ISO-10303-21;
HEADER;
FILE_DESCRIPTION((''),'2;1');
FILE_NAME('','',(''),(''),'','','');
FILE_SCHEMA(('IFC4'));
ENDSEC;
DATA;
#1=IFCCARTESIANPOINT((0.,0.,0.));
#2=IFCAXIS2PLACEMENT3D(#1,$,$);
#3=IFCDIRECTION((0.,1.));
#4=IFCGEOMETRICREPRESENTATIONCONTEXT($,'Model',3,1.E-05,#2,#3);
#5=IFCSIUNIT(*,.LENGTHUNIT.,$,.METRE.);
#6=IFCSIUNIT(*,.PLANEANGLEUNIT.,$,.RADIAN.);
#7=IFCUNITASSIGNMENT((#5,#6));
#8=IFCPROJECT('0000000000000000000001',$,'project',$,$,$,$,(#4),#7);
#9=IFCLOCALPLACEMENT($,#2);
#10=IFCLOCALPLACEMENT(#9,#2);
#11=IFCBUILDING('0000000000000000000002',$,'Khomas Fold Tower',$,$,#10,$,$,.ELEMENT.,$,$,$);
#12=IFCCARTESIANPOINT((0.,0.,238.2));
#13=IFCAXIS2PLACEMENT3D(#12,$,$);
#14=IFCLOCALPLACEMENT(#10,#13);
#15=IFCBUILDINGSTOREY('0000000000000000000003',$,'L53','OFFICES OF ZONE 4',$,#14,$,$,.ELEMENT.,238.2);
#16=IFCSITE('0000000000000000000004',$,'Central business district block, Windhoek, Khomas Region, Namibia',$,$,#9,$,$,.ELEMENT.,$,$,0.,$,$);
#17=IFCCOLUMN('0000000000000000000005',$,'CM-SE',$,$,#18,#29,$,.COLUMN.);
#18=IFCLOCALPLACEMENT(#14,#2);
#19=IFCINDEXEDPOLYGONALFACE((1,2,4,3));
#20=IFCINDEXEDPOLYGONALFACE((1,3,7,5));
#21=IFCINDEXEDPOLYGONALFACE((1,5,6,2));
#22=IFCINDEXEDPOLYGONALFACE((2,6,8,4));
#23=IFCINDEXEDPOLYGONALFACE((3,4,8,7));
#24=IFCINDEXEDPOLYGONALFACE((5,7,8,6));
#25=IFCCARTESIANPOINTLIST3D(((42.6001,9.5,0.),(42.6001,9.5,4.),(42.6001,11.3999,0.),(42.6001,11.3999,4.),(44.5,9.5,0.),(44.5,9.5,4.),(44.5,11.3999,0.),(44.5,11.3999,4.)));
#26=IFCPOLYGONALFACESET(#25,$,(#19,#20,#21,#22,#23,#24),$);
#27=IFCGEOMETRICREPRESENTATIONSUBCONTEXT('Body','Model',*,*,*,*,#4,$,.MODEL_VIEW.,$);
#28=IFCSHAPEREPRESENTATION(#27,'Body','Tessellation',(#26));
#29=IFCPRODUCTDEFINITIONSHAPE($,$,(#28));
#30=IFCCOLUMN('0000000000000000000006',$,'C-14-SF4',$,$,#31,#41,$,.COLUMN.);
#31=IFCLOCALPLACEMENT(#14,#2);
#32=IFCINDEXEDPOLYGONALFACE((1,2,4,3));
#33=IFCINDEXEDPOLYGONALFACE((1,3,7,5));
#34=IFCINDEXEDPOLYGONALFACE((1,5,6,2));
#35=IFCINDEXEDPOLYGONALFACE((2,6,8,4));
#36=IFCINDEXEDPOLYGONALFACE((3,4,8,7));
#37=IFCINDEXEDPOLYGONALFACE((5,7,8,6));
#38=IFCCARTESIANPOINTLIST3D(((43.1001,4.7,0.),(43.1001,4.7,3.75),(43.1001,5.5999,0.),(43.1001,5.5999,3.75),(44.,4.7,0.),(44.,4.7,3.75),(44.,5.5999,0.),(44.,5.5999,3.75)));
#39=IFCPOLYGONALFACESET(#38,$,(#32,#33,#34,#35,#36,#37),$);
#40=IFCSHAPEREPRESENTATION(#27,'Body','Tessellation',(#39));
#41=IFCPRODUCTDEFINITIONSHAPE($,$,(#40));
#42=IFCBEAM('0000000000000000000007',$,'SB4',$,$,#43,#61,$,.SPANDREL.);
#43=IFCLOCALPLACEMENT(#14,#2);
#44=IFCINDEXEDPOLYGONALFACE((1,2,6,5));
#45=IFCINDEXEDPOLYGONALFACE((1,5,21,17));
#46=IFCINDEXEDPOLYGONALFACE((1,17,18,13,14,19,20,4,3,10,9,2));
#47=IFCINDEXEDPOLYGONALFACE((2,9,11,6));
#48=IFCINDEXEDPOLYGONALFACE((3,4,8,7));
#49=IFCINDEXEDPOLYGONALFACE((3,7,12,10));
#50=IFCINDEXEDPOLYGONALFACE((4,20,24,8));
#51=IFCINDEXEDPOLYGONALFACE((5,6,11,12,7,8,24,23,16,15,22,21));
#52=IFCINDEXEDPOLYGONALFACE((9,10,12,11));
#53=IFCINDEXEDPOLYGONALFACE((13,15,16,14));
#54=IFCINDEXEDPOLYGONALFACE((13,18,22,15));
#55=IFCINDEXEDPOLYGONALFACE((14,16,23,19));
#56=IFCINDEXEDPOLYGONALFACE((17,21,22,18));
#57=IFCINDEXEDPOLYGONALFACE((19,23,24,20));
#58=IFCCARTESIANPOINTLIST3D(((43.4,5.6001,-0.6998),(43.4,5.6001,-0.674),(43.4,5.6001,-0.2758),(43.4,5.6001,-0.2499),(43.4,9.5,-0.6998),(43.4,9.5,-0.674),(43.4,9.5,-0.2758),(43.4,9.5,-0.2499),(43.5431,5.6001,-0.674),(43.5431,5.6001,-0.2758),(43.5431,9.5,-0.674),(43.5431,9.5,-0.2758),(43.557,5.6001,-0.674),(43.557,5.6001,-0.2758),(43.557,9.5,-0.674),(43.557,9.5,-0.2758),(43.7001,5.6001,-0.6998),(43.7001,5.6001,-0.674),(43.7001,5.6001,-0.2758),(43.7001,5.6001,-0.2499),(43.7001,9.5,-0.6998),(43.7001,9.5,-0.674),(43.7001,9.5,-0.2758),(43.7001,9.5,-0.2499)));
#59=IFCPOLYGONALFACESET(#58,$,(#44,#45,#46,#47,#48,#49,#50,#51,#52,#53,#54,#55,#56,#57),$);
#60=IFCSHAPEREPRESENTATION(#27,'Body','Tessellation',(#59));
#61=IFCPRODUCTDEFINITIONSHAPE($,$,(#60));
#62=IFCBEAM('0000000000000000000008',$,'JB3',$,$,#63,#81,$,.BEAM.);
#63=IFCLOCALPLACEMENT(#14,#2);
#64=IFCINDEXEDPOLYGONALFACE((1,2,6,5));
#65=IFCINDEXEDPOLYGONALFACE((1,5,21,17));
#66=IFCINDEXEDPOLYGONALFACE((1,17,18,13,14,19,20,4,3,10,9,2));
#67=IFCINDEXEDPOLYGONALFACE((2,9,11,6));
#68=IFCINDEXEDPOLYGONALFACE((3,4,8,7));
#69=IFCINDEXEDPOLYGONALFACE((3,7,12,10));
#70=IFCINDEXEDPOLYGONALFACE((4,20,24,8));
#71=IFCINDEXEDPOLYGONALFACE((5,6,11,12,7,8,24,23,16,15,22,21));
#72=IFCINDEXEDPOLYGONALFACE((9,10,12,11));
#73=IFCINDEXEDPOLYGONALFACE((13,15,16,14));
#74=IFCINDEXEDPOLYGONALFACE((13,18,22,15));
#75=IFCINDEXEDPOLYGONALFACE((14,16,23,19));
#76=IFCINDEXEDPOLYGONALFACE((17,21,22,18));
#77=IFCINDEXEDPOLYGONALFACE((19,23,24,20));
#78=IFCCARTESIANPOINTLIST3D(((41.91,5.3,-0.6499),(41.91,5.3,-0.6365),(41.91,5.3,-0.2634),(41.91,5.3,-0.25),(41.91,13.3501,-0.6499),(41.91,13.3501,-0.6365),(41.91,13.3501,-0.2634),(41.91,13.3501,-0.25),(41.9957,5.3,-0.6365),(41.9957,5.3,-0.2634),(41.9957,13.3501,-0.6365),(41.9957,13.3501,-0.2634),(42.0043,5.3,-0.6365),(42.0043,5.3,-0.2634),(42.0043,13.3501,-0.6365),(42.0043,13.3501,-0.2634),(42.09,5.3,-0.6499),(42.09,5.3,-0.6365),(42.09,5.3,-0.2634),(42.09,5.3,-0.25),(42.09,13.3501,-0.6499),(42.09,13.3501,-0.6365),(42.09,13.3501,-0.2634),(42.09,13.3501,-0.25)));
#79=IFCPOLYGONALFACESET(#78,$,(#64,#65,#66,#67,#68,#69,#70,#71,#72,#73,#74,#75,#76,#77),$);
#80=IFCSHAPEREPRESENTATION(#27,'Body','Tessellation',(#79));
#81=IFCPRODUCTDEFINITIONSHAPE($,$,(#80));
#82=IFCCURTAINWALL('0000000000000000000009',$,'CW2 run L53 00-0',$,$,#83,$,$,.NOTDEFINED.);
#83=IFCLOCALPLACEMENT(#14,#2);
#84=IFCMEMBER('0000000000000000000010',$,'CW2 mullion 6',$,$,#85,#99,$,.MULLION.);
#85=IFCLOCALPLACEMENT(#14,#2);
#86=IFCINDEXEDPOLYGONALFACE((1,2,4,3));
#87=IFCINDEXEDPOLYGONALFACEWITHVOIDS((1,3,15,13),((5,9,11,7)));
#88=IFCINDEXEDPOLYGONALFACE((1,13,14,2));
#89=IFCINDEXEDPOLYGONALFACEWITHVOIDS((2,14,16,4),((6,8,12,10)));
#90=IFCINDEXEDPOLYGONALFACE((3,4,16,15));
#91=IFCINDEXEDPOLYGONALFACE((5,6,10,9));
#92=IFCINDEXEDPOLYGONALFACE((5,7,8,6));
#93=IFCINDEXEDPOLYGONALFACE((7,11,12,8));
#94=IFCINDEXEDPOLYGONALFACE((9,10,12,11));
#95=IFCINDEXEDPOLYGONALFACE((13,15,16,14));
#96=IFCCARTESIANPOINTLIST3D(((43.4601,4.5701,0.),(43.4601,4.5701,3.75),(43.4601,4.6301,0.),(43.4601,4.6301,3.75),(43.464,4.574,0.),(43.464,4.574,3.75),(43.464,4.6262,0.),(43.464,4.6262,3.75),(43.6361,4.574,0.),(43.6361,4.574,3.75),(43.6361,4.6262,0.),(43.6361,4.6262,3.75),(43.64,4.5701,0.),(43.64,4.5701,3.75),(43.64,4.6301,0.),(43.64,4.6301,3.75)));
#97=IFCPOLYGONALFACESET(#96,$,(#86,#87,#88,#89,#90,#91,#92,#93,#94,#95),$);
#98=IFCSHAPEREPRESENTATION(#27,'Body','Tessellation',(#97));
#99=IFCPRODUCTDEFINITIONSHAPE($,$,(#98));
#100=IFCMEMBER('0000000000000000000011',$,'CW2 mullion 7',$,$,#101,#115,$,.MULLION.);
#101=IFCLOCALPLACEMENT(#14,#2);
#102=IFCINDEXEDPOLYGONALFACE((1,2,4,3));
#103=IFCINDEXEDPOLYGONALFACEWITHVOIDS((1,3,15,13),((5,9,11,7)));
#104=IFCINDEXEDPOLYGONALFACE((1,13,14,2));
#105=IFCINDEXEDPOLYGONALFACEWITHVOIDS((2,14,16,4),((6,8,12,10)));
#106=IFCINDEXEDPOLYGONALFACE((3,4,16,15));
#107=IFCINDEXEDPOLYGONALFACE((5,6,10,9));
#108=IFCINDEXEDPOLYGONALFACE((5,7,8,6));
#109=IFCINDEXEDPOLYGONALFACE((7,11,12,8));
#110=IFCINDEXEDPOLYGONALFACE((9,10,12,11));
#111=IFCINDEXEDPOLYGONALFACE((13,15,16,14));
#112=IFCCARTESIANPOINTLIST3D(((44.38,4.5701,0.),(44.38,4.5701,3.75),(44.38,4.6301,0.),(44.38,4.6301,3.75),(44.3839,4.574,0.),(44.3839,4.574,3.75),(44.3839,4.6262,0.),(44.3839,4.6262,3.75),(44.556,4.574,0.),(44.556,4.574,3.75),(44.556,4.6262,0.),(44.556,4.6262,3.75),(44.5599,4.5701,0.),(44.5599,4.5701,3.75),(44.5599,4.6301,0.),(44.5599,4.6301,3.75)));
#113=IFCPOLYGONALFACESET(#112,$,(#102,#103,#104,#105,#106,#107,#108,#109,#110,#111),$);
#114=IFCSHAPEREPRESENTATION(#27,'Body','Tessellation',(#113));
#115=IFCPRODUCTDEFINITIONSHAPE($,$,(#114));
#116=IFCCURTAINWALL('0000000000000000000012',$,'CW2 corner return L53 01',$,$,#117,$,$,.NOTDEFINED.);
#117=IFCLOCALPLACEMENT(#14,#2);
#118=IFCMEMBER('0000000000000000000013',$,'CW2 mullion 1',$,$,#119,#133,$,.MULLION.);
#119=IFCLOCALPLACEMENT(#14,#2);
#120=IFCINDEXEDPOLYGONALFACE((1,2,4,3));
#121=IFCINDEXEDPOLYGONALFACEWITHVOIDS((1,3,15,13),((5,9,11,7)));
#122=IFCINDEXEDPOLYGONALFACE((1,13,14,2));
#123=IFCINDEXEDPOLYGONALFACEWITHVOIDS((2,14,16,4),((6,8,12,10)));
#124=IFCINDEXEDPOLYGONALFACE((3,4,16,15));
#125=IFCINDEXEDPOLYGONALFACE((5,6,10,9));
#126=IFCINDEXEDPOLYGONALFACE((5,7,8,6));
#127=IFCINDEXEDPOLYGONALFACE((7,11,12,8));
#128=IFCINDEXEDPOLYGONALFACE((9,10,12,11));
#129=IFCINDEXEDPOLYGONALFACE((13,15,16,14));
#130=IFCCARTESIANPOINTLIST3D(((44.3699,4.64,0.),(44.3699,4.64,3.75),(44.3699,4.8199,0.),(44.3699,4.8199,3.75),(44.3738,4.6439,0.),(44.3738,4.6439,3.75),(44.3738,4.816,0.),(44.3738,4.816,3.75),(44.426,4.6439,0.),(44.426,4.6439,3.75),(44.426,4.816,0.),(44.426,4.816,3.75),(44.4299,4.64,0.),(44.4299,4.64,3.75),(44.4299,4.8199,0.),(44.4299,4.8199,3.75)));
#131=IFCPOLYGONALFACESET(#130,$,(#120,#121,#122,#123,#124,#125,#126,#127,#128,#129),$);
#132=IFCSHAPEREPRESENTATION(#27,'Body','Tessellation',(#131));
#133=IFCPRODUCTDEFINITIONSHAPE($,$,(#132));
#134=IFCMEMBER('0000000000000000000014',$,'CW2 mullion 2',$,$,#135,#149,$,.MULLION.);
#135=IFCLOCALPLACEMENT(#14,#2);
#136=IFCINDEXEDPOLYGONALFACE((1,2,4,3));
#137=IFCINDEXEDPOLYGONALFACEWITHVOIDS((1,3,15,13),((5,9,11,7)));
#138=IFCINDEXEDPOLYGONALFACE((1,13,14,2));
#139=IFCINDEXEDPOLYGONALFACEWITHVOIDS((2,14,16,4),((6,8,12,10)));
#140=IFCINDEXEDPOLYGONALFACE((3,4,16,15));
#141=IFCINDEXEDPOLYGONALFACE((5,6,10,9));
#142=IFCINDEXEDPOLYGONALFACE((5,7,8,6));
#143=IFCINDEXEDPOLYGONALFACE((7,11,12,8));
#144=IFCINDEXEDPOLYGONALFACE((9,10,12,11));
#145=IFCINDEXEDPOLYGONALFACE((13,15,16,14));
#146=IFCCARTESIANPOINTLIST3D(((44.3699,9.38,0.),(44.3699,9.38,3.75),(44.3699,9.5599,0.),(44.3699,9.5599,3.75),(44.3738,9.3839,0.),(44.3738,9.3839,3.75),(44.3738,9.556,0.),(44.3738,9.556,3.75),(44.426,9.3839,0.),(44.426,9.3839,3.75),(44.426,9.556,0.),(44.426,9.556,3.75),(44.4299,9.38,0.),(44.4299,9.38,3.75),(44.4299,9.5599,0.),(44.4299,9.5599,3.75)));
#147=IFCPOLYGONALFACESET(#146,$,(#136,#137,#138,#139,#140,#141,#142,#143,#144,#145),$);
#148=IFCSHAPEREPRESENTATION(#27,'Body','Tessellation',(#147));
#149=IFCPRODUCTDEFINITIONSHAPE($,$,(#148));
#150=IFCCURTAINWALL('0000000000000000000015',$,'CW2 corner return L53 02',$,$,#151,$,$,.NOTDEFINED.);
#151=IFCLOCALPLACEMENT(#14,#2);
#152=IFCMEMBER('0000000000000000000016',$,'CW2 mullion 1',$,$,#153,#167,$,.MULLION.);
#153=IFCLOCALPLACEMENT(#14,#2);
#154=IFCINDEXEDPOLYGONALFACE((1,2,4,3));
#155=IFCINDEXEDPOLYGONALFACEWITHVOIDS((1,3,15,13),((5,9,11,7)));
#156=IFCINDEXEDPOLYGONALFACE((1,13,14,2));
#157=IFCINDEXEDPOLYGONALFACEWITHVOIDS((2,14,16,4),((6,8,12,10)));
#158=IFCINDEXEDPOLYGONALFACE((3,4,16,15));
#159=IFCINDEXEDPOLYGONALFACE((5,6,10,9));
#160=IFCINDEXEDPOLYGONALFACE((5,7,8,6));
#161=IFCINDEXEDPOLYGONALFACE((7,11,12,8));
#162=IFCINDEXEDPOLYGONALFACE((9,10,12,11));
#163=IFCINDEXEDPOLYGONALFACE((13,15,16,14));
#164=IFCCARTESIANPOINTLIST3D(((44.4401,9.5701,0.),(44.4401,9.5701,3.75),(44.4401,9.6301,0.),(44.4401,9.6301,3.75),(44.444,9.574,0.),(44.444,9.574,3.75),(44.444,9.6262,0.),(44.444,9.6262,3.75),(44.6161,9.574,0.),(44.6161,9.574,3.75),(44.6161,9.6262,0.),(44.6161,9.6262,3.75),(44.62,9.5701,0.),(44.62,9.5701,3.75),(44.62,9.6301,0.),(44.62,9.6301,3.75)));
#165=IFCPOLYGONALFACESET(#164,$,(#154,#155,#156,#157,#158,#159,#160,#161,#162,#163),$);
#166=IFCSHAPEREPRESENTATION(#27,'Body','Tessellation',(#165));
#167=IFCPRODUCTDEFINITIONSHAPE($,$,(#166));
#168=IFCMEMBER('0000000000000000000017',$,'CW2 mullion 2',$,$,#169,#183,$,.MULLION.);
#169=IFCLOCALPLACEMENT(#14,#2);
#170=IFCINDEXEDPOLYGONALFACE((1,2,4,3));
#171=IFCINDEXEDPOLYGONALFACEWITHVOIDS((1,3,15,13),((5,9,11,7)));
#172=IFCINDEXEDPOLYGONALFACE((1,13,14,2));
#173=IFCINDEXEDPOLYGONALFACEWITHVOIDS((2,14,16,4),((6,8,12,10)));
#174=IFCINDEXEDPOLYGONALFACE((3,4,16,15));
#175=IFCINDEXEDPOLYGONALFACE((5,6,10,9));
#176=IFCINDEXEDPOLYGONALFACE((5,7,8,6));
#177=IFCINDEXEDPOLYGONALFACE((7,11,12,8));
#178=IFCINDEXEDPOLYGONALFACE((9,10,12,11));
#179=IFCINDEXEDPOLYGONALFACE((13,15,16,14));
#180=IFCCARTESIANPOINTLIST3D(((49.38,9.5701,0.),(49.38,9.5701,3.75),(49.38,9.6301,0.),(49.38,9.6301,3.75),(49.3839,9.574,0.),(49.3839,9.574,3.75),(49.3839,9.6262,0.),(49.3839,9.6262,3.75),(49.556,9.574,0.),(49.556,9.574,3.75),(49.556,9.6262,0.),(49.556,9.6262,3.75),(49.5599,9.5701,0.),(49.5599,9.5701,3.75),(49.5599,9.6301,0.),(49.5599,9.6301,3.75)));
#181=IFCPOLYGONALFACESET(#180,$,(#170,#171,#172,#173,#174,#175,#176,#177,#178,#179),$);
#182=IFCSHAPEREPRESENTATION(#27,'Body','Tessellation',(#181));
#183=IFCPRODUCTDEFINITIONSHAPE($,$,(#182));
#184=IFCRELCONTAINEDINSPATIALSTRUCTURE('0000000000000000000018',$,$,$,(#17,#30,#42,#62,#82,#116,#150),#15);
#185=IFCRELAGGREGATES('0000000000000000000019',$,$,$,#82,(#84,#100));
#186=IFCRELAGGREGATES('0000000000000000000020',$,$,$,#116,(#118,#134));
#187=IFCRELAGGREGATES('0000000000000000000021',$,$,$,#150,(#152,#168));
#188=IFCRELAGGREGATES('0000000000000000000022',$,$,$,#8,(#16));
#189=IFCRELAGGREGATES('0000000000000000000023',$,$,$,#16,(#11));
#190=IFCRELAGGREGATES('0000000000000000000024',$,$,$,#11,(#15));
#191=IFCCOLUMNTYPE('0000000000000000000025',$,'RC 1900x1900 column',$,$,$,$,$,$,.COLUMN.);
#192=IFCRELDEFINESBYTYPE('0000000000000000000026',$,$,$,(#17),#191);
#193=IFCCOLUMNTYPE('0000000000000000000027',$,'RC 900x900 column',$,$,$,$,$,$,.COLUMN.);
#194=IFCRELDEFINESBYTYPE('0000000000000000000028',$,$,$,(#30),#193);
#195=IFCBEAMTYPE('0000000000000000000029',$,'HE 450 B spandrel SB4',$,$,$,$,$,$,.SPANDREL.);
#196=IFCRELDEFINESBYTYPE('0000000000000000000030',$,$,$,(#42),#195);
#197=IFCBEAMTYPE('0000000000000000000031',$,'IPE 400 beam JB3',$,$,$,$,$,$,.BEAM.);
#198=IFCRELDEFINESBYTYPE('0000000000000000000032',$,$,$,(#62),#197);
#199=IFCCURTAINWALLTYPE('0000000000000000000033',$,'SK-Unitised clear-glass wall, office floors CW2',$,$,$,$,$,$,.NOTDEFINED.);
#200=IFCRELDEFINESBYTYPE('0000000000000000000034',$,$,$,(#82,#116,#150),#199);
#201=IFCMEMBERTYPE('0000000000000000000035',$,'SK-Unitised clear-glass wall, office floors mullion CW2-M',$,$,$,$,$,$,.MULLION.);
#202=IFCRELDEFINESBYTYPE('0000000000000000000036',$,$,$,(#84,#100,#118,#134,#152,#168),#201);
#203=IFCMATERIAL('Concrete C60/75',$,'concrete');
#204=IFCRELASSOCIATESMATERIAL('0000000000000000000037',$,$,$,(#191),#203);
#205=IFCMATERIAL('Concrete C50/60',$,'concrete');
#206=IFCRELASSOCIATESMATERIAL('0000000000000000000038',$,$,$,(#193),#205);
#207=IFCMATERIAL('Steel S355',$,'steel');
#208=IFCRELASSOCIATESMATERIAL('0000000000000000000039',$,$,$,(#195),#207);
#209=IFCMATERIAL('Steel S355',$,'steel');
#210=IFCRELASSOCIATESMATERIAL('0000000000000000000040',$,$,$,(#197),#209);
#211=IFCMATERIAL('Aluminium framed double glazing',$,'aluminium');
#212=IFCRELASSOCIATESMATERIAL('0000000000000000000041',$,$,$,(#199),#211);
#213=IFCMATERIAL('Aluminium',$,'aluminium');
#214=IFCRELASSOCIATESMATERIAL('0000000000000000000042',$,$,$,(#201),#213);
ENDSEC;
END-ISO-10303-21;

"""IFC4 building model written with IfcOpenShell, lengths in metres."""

from ifc_helpers import new_model, si_unit, direction, frame, origin, origin_2d, place, context, subcontext, project, spatial, rectangle, hollow_rectangle, i_section, extrude, source, transform, mapped, material, material_profile, profile_set, type_object, element, aggregate, save


model = new_model("IFC4")

# Units and contexts
model_context = context("Model", 3, precision=1e-05, world=origin(), true_north=direction((0.0, 1.0)))
body_context = subcontext(model_context, "Body", "Model", "MODEL_VIEW")
ifc_project = project(units=[si_unit("LENGTHUNIT", "METRE"), si_unit("PLANEANGLEUNIT", "RADIAN")], contexts=[model_context])

# Site, building, storey
site_placement = place(None, origin())
site = spatial("IfcSite", under=ifc_project, at=site_placement, Name="Central business district block, Windhoek, Khomas Region, Namibia", CompositionType="ELEMENT", RefElevation=0.0)
building_placement = place(site_placement, origin())
building = spatial("IfcBuilding", under=site, at=building_placement, Name="Khomas Fold Tower", CompositionType="ELEMENT")
storey_placement = place(building_placement, frame((0.0, 0.0, 238.2)))
storey = spatial("IfcBuildingStorey", under=building, at=storey_placement, Name="L53", Description="OFFICES OF ZONE 4", CompositionType="ELEMENT", Elevation=238.2)

# Columns
ifc_material_1 = material(Name="Concrete C60/75", Category="concrete")
ifc_material_profile_1 = material_profile(ifc_material_1, rectangle(XDim=1.8999, YDim=1.8999, at=origin_2d()), Name="RC 1900x1900")
ifc_profile_set_1 = profile_set([ifc_material_profile_1], Name="Concrete C60/75")
column_type_1 = type_object("IfcColumnType", Name="RC 1900x1900 column", PredefinedType="COLUMN", material=ifc_profile_set_1)
shared_shape_1 = source(origin(), body_context, "Body", "SweptSolid", [
    extrude(rectangle(XDim=1.8999, YDim=1.8999, at=origin_2d()), origin(), (0.0, 0.0, 1.0), 4.0),
])
column_1_placement = place(storey_placement, frame((43.55, 10.45, 0.0), z_axis=(0.0, 0.0, 1.0), x_axis=(1.0, 0.0, 0.0)))
element("IfcColumn", 1, at=column_1_placement, inside=storey, type_object=column_type_1, Name="CM-SE", PredefinedType="COLUMN", context=body_context, shape_type="MappedRepresentation", body=[
    mapped(shared_shape_1, transform((0.0, 0.0, 0.0))),
])
ifc_material_2 = material(Name="Concrete C50/60", Category="concrete")
ifc_material_profile_2 = material_profile(ifc_material_2, rectangle(XDim=0.8999, YDim=0.8999, at=origin_2d()), Name="RC 900x900")
ifc_profile_set_2 = profile_set([ifc_material_profile_2], Name="Concrete C50/60")
column_type_2 = type_object("IfcColumnType", Name="RC 900x900 column", PredefinedType="COLUMN", material=ifc_profile_set_2)
shared_shape_2 = source(origin(), body_context, "Body", "SweptSolid", [
    extrude(rectangle(XDim=0.8999, YDim=0.8999, at=origin_2d()), origin(), (0.0, 0.0, 1.0), 3.75),
])
column_2_placement = place(storey_placement, frame((43.55, 5.1499, 0.0), z_axis=(0.0, 0.0, 1.0), x_axis=(1.0, 0.0, 0.0)))
element("IfcColumn", 2, at=column_2_placement, inside=storey, type_object=column_type_2, Name="C-14-SF4", PredefinedType="COLUMN", context=body_context, shape_type="MappedRepresentation", body=[
    mapped(shared_shape_2, transform((0.0, 0.0, 0.0))),
])

# Beams
ifc_material_3 = material(Name="Steel S355", Category="steel")
ifc_material_profile_3 = material_profile(ifc_material_3, i_section(OverallWidth=0.3, OverallDepth=0.45, WebThickness=0.0139, FlangeThickness=0.0259, at=origin_2d()), Name="HE 450 B")
ifc_profile_set_3 = profile_set([ifc_material_profile_3], Name="Steel S355")
beam_type_1 = type_object("IfcBeamType", Name="HE 450 B spandrel SB4", PredefinedType="SPANDREL", material=ifc_profile_set_3)
shared_shape_3 = source(origin(), body_context, "Body", "SweptSolid", [
    extrude(i_section(OverallWidth=0.3, OverallDepth=0.45, WebThickness=0.0139, FlangeThickness=0.0259, at=origin_2d()), origin(), (0.0, 0.0, 1.0), 3.8999),
])
beam_1_placement = place(storey_placement, frame((43.55, 5.6001, -0.4749), z_axis=(0.0, 1.0, 0.0), x_axis=(-1.0, 0.0, 0.0)))
element("IfcBeam", 3, at=beam_1_placement, inside=storey, type_object=beam_type_1, Name="SB4", PredefinedType="SPANDREL", context=body_context, shape_type="MappedRepresentation", body=[
    mapped(shared_shape_3, transform((0.0, 0.0, 0.0))),
])
ifc_material_4 = material(Name="Steel S355", Category="steel")
ifc_material_profile_4 = material_profile(ifc_material_4, i_section(OverallWidth=0.1799, OverallDepth=0.3999, WebThickness=0.0085, FlangeThickness=0.0134, at=origin_2d()), Name="IPE 400")
ifc_profile_set_4 = profile_set([ifc_material_profile_4], Name="Steel S355")
beam_type_2 = type_object("IfcBeamType", Name="IPE 400 beam JB3", PredefinedType="BEAM", material=ifc_profile_set_4)
shared_shape_4 = source(origin(), body_context, "Body", "SweptSolid", [
    extrude(i_section(OverallWidth=0.1799, OverallDepth=0.3999, WebThickness=0.0085, FlangeThickness=0.0134, at=origin_2d()), origin(), (0.0, 0.0, 1.0), 8.05),
])
beam_2_placement = place(storey_placement, frame((42.0, 5.3, -0.45), z_axis=(0.0, 1.0, 0.0), x_axis=(-1.0, 0.0, 0.0)))
element("IfcBeam", 4, at=beam_2_placement, inside=storey, type_object=beam_type_2, Name="JB3", PredefinedType="BEAM", context=body_context, shape_type="MappedRepresentation", body=[
    mapped(shared_shape_4, transform((0.0, 0.0, 0.0))),
])

# Curtain walls, members
ifc_material_5 = material(Name="Aluminium framed double glazing", Category="aluminium")
curtain_wall_type = type_object("IfcCurtainWallType", Name="SK-Unitised clear-glass wall, office floors CW2", PredefinedType="NOTDEFINED", material=ifc_material_5)
curtain_wall_1_placement = place(storey_placement, origin())
curtain_wall_1 = element("IfcCurtainWall", 5, at=curtain_wall_1_placement, inside=storey, type_object=curtain_wall_type, Name="CW2 run L53 00-0", PredefinedType="NOTDEFINED")
ifc_material_6 = material(Name="Aluminium", Category="aluminium")
ifc_material_profile_5 = material_profile(ifc_material_6, hollow_rectangle(XDim=0.0601, YDim=0.1799, WallThickness=0.0039, at=origin_2d()), Name="SK-Unitised clear-glass wall, office floors mullion CW2-M")
ifc_profile_set_5 = profile_set([ifc_material_profile_5], Name="Aluminium")
member_type_1 = type_object("IfcMemberType", Name="SK-Unitised clear-glass wall, office floors mullion CW2-M", PredefinedType="MULLION", material=ifc_profile_set_5)
shared_shape_5 = source(origin(), body_context, "Body", "SweptSolid", [
    extrude(hollow_rectangle(XDim=0.0601, YDim=0.1799, WallThickness=0.0039, at=origin_2d()), origin(), (0.0, 0.0, 1.0), 3.75),
])
member_1_placement = place(storey_placement, frame((43.55, 4.6001, 0.0), z_axis=(0.0, 0.0, 1.0), x_axis=(0.0, 1.0, 0.0)))
member_1 = element("IfcMember", 6, at=member_1_placement, type_object=member_type_1, Name="CW2 mullion 6", PredefinedType="MULLION", context=body_context, shape_type="MappedRepresentation", body=[
    mapped(shared_shape_5, transform((0.0, 0.0, 0.0))),
])
member_2_placement = place(storey_placement, frame((44.47, 4.6001, 0.0), z_axis=(0.0, 0.0, 1.0), x_axis=(0.0, 1.0, 0.0)))
member_2 = element("IfcMember", 7, at=member_2_placement, type_object=member_type_1, Name="CW2 mullion 7", PredefinedType="MULLION", context=body_context, shape_type="MappedRepresentation", body=[
    mapped(shared_shape_5, transform((0.0, 0.0, 0.0))),
])
curtain_wall_2_placement = place(storey_placement, origin())
curtain_wall_2 = element("IfcCurtainWall", 8, at=curtain_wall_2_placement, inside=storey, type_object=curtain_wall_type, Name="CW2 corner return L53 01", PredefinedType="NOTDEFINED")
member_3_placement = place(storey_placement, frame((44.3999, 4.73, 0.0), z_axis=(0.0, 0.0, 1.0), x_axis=(-1.0, 0.0, 0.0)))
member_3 = element("IfcMember", 9, at=member_3_placement, type_object=member_type_1, Name="CW2 mullion 1", PredefinedType="MULLION", context=body_context, shape_type="MappedRepresentation", body=[
    mapped(shared_shape_5, transform((0.0, 0.0, 0.0))),
])
member_4_placement = place(storey_placement, frame((44.3999, 9.47, 0.0), z_axis=(0.0, 0.0, 1.0), x_axis=(-1.0, 0.0, 0.0)))
member_4 = element("IfcMember", 10, at=member_4_placement, type_object=member_type_1, Name="CW2 mullion 2", PredefinedType="MULLION", context=body_context, shape_type="MappedRepresentation", body=[
    mapped(shared_shape_5, transform((0.0, 0.0, 0.0))),
])
curtain_wall_3_placement = place(storey_placement, origin())
curtain_wall_3 = element("IfcCurtainWall", 11, at=curtain_wall_3_placement, inside=storey, type_object=curtain_wall_type, Name="CW2 corner return L53 02", PredefinedType="NOTDEFINED")
member_5_placement = place(storey_placement, frame((44.53, 9.6001, 0.0), z_axis=(0.0, 0.0, 1.0), x_axis=(0.0, 1.0, 0.0)))
member_5 = element("IfcMember", 12, at=member_5_placement, type_object=member_type_1, Name="CW2 mullion 1", PredefinedType="MULLION", context=body_context, shape_type="MappedRepresentation", body=[
    mapped(shared_shape_5, transform((0.0, 0.0, 0.0))),
])
member_6_placement = place(storey_placement, frame((49.47, 9.6001, 0.0), z_axis=(0.0, 0.0, 1.0), x_axis=(0.0, 1.0, 0.0)))
member_6 = element("IfcMember", 13, at=member_6_placement, type_object=member_type_1, Name="CW2 mullion 2", PredefinedType="MULLION", context=body_context, shape_type="MappedRepresentation", body=[
    mapped(shared_shape_5, transform((0.0, 0.0, 0.0))),
])

aggregate(curtain_wall_1, [member_1, member_2])
aggregate(curtain_wall_2, [member_3, member_4])
aggregate(curtain_wall_3, [member_5, member_6])

save(model, "model.ifc")
